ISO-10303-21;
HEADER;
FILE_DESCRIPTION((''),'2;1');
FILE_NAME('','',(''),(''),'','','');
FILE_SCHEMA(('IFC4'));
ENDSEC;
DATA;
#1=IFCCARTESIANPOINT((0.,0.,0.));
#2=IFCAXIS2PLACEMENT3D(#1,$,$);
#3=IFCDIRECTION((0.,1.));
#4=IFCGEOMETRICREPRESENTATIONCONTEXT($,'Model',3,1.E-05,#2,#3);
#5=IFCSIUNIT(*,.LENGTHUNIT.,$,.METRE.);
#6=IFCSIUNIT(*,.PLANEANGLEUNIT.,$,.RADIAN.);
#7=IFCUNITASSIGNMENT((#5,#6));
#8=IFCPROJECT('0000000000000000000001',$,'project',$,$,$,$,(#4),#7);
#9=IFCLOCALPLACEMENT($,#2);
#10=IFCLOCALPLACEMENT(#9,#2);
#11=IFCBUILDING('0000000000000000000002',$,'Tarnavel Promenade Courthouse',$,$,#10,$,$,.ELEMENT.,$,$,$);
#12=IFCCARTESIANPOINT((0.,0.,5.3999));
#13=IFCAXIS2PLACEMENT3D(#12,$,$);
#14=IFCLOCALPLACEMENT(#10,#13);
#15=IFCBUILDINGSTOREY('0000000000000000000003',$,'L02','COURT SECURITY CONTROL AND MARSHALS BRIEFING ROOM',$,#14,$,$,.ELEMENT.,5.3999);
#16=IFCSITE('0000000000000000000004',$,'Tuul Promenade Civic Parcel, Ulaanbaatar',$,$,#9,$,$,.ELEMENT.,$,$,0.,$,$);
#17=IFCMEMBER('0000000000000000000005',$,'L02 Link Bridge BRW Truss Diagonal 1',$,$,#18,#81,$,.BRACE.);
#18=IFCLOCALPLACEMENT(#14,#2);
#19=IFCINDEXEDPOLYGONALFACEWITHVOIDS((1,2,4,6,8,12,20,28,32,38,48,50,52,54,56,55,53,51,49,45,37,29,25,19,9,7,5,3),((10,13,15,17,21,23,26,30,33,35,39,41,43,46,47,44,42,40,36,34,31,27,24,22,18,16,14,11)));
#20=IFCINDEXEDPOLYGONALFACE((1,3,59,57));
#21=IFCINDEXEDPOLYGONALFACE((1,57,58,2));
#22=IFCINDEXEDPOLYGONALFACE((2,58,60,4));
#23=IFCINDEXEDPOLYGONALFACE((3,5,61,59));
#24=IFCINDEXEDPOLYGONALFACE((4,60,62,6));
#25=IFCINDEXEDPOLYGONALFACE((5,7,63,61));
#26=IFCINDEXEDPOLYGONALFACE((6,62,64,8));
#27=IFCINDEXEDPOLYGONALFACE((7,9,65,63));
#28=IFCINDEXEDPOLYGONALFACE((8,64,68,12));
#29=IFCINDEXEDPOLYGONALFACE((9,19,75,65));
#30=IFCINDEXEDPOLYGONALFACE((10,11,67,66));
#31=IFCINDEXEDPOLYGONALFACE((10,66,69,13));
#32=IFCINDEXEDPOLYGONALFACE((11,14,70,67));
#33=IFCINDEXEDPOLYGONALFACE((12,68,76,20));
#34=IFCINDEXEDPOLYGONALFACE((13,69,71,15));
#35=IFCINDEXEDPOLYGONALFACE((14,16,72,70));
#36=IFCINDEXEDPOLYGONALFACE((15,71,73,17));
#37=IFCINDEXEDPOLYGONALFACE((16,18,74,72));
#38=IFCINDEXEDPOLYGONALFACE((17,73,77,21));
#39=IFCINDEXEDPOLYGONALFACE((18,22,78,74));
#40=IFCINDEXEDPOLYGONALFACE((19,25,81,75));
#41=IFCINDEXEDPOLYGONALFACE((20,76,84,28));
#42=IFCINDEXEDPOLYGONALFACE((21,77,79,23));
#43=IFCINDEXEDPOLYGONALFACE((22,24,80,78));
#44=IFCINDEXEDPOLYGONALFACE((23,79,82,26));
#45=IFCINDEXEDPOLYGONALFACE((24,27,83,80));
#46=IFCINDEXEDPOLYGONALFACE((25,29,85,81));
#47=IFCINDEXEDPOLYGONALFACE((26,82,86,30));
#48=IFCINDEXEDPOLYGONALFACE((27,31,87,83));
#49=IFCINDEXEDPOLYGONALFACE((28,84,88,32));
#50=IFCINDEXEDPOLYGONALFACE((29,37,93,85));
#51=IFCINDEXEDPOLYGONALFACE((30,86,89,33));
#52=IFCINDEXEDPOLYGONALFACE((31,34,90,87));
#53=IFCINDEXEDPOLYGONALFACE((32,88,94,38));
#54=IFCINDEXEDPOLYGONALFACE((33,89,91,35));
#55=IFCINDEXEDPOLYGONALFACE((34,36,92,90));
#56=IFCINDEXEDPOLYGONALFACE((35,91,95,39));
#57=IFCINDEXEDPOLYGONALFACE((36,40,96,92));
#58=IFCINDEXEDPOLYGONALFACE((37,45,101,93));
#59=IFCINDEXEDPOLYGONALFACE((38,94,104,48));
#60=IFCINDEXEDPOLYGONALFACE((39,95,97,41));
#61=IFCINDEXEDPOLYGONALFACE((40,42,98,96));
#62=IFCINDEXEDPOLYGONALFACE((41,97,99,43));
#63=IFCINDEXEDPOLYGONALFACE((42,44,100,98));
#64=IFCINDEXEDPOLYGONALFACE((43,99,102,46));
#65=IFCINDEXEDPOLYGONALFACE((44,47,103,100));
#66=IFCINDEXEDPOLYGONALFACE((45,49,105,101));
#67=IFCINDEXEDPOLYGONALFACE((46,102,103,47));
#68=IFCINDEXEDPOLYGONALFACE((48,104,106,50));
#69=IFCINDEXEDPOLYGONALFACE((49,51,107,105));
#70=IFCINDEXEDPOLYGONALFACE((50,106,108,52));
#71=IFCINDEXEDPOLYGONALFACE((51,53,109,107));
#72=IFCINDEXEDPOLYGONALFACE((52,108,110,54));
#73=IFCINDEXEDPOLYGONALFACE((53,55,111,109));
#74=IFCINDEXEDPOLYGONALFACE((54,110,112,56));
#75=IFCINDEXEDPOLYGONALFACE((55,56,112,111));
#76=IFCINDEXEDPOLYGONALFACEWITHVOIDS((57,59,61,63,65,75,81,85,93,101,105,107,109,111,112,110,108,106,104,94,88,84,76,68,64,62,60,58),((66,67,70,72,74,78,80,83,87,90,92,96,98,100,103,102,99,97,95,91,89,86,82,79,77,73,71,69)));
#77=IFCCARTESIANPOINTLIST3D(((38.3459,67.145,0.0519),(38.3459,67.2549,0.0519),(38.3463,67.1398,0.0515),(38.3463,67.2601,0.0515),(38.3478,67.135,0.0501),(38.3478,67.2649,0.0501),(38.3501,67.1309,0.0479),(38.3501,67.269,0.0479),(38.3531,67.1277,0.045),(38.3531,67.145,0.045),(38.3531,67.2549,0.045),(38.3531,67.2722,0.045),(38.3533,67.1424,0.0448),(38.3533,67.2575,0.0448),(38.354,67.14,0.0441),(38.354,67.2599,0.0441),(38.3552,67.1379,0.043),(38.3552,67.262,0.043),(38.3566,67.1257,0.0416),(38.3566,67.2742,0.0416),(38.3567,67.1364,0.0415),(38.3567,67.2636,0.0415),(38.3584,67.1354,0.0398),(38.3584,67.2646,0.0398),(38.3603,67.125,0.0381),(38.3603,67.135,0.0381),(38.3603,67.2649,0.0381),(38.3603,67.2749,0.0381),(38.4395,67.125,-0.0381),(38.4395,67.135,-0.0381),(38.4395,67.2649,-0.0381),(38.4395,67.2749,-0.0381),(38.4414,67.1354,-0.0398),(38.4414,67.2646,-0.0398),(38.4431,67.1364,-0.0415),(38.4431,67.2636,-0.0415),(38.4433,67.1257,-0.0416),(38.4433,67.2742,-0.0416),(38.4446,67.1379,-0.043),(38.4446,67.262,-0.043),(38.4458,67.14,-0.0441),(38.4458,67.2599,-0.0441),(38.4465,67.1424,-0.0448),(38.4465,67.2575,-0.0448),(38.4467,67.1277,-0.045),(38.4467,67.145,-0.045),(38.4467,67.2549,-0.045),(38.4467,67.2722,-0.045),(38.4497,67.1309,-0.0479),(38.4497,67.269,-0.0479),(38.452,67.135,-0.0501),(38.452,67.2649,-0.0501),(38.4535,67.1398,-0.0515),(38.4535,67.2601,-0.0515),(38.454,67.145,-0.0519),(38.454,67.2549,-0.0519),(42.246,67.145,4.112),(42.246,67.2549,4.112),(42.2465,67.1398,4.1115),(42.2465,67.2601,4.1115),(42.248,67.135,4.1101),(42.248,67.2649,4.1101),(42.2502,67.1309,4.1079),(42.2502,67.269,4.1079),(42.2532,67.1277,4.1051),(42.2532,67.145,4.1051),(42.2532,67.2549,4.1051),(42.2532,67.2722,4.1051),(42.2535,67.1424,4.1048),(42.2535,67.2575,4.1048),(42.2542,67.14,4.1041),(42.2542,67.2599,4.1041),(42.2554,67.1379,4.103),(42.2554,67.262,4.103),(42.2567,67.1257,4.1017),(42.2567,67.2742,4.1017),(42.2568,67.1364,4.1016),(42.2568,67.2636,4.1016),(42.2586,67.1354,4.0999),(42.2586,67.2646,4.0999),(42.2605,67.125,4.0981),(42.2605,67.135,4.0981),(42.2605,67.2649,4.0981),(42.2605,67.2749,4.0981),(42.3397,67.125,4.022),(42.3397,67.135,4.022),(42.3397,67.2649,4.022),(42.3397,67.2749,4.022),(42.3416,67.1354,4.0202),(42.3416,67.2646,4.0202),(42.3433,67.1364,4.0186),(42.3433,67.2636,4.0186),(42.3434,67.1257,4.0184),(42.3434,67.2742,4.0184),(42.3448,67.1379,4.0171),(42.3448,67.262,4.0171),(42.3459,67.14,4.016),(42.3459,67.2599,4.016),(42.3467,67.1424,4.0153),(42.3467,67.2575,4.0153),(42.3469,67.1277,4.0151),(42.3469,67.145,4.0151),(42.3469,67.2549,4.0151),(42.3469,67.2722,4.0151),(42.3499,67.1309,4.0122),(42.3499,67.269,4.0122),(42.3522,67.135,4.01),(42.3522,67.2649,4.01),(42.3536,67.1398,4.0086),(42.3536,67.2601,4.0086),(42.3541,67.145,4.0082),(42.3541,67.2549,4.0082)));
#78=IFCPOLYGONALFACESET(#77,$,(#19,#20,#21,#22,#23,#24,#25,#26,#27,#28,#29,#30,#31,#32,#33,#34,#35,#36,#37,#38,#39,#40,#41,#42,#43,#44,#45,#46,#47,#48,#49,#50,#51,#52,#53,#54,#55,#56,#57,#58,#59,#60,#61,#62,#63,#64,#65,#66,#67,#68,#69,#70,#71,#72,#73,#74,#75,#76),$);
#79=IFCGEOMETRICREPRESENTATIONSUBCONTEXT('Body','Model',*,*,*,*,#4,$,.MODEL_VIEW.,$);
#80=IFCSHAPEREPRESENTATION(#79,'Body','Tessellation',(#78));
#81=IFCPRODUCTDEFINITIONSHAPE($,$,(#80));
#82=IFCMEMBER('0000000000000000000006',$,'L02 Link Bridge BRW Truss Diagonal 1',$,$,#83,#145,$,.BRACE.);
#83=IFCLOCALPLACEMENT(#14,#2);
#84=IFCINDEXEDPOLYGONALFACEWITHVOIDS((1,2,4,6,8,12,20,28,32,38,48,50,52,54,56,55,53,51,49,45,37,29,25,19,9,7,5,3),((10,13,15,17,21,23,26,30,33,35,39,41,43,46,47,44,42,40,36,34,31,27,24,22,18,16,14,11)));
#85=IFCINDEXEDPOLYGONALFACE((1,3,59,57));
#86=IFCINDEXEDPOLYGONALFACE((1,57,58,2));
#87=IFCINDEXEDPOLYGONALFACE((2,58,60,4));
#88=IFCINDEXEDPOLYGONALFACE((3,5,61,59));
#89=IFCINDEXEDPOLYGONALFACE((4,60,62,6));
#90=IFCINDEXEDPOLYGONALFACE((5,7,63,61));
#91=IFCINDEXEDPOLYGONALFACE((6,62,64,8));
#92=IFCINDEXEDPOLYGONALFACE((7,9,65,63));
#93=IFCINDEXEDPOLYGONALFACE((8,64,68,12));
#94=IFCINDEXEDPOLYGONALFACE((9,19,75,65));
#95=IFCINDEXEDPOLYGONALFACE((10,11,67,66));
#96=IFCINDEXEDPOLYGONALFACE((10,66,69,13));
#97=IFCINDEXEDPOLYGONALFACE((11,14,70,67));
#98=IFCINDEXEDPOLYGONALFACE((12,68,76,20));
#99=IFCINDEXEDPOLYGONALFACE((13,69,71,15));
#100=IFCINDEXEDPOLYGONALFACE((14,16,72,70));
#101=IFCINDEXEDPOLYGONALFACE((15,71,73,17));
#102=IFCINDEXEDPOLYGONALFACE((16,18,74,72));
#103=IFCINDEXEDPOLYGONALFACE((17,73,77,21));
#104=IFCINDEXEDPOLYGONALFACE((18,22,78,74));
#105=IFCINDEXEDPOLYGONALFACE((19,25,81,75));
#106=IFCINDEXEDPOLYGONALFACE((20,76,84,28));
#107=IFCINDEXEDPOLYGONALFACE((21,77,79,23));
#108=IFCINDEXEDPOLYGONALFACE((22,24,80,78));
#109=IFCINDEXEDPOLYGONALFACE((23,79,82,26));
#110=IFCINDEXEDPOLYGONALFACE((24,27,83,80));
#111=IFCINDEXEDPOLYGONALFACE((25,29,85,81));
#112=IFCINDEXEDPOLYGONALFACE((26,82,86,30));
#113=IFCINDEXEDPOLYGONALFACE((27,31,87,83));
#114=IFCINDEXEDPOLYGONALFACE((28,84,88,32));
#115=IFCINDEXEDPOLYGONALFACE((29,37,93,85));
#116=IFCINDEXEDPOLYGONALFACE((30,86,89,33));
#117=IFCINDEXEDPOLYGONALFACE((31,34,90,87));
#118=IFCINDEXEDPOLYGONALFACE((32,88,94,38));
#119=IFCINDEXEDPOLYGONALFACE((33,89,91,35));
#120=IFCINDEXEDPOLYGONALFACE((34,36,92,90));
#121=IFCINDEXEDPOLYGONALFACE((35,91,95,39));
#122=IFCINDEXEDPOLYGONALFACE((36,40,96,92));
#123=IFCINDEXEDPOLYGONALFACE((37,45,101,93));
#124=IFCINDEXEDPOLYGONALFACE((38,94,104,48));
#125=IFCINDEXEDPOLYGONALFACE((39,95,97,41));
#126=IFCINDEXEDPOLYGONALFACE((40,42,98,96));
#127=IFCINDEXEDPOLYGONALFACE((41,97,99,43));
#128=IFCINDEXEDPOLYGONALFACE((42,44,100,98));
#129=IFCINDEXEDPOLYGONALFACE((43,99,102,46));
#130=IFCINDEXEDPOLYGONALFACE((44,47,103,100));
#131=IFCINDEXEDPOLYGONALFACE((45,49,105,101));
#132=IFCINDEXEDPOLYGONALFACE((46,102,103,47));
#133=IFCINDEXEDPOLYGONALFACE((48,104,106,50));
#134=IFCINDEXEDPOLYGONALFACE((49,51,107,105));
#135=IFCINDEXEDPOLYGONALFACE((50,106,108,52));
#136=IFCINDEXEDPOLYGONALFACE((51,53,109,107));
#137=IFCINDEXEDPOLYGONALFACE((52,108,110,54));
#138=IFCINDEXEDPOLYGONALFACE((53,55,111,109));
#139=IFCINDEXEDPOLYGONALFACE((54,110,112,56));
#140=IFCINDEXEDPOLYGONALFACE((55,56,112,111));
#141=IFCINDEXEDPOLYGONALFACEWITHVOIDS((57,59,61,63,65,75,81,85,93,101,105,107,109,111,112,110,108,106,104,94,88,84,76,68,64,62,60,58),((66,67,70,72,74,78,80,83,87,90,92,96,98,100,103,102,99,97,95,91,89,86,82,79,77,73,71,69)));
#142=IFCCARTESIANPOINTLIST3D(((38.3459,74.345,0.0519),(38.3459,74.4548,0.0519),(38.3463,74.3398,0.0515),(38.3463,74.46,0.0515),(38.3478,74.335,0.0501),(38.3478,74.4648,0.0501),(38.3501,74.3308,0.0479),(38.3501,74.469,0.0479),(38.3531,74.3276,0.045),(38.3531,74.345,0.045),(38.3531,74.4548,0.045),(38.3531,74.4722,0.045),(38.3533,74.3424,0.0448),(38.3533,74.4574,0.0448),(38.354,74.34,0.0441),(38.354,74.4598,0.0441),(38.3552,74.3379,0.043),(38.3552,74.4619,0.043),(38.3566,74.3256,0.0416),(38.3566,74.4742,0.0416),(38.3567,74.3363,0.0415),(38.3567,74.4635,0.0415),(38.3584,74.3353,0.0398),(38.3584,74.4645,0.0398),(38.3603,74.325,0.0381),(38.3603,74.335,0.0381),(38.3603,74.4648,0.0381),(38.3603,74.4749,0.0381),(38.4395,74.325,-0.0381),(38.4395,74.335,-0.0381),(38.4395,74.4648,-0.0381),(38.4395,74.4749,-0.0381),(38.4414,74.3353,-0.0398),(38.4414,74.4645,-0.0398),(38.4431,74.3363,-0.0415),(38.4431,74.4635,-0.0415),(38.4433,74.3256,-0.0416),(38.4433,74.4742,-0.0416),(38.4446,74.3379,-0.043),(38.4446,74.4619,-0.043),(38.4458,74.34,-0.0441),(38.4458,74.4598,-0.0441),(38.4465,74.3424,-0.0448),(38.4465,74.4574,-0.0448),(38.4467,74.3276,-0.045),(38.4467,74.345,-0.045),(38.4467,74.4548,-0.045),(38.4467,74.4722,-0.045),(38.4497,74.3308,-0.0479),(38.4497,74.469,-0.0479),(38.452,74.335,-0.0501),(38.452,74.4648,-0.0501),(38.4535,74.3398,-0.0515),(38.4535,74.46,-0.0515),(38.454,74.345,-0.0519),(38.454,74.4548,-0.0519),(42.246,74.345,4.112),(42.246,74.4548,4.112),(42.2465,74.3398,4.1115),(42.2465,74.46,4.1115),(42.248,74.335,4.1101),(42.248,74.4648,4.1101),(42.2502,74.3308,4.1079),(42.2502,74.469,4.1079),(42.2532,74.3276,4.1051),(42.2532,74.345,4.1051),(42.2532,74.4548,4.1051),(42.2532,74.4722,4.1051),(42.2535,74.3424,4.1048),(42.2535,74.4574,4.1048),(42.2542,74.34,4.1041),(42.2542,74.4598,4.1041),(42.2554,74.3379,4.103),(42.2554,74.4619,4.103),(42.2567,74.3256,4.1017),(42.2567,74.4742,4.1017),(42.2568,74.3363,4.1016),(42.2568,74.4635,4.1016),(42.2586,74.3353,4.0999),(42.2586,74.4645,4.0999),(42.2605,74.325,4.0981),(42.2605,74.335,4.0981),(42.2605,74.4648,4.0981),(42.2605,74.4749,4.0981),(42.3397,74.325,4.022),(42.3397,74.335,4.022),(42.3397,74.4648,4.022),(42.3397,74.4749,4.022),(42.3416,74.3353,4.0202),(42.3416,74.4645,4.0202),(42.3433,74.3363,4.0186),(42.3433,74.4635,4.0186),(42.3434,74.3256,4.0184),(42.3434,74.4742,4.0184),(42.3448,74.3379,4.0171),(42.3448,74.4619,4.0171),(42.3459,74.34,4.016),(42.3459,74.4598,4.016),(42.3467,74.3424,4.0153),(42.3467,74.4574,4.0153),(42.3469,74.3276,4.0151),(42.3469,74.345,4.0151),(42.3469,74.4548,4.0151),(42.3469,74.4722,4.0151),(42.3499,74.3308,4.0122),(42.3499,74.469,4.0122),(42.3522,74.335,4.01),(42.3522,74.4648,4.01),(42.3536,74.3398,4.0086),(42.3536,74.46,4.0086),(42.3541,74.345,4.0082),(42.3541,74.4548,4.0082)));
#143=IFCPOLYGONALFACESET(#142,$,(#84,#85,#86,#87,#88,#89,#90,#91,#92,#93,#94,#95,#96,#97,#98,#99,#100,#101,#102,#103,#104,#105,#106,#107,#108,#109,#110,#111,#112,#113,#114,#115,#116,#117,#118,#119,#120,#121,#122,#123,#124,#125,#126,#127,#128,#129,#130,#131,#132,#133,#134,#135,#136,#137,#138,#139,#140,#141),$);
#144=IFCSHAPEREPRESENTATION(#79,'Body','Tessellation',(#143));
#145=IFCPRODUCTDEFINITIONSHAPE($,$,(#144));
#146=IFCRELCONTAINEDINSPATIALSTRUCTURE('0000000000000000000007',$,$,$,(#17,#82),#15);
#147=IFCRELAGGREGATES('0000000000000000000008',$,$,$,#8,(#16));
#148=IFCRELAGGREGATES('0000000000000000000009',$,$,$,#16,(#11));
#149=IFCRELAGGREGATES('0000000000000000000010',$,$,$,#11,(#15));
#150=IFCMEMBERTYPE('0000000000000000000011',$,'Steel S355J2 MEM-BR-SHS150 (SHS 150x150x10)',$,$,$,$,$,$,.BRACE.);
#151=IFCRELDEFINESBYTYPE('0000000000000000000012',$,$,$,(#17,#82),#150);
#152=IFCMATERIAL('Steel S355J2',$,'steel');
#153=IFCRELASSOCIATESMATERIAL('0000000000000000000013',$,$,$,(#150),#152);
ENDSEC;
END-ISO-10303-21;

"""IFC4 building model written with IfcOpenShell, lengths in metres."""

from ifc_helpers import new_model, si_unit, direction, frame, origin, origin_2d, place, context, subcontext, project, spatial, hollow_rectangle, extrude, material, material_profile, profile_set, type_object, element, save


model = new_model("IFC4")

# Units and contexts
model_context = context("Model", 3, precision=1e-05, world=origin(), true_north=direction((0.0, 1.0)))
body_context = subcontext(model_context, "Body", "Model", "MODEL_VIEW")
ifc_project = project(units=[si_unit("LENGTHUNIT", "METRE"), si_unit("PLANEANGLEUNIT", "RADIAN")], contexts=[model_context])

# Site, building, storey
site_placement = place(None, origin())
site = spatial("IfcSite", under=ifc_project, at=site_placement, Name="Tuul Promenade Civic Parcel, Ulaanbaatar", CompositionType="ELEMENT", RefElevation=0.0)
building_placement = place(site_placement, origin())
building = spatial("IfcBuilding", under=site, at=building_placement, Name="Tarnavel Promenade Courthouse", CompositionType="ELEMENT")
storey_placement = place(building_placement, frame((0.0, 0.0, 5.3999)))
storey = spatial("IfcBuildingStorey", under=building, at=storey_placement, Name="L02", Description="COURT SECURITY CONTROL AND MARSHALS BRIEFING ROOM", CompositionType="ELEMENT", Elevation=5.3999)

# Shared definitions
ifc_material_1 = material(Name="Steel S355J2", Category="steel")

# Members
ifc_material_profile_1 = material_profile(ifc_material_1, hollow_rectangle(XDim=0.1499, YDim=0.1499, WallThickness=0.01, InnerFilletRadius=0.01, OuterFilletRadius=0.02, at=origin_2d()), Name="SHS 150x150x10")
ifc_profile_set_1 = profile_set([ifc_material_profile_1], Name="Steel S355J2")
member_type_1 = type_object("IfcMemberType", Name="Steel S355J2 MEM-BR-SHS150 (SHS 150x150x10)", PredefinedType="BRACE", material=ifc_profile_set_1)
for number, where, z_axis, x_axis, name in (
    (1, (38.3999, 67.2, 0.0), (0.692762, 0.0, 0.721166), (0.0, 1.0, 0.0), "L02 Link Bridge BRW Truss Diagonal 1"),
    (2, (38.3999, 74.3999, 0.0), (0.692762, 0.0, 0.721166), (0.0, 1.0, 0.0), "L02 Link Bridge BRW Truss Diagonal 1"),
):
    element("IfcMember", number, at=place(storey_placement, frame(where, z_axis=z_axis, x_axis=x_axis)), inside=storey, type_object=member_type_1, Name=name, PredefinedType="BRACE", context=body_context, shape_type="SweptSolid", body=[
        extrude(hollow_rectangle(XDim=0.1499, YDim=0.1499, WallThickness=0.01, InnerFilletRadius=0.01, OuterFilletRadius=0.02, at=origin_2d()), origin(), (0.0, 0.0, 1.0), 5.6299),
    ])

save(model, "model.ifc")
